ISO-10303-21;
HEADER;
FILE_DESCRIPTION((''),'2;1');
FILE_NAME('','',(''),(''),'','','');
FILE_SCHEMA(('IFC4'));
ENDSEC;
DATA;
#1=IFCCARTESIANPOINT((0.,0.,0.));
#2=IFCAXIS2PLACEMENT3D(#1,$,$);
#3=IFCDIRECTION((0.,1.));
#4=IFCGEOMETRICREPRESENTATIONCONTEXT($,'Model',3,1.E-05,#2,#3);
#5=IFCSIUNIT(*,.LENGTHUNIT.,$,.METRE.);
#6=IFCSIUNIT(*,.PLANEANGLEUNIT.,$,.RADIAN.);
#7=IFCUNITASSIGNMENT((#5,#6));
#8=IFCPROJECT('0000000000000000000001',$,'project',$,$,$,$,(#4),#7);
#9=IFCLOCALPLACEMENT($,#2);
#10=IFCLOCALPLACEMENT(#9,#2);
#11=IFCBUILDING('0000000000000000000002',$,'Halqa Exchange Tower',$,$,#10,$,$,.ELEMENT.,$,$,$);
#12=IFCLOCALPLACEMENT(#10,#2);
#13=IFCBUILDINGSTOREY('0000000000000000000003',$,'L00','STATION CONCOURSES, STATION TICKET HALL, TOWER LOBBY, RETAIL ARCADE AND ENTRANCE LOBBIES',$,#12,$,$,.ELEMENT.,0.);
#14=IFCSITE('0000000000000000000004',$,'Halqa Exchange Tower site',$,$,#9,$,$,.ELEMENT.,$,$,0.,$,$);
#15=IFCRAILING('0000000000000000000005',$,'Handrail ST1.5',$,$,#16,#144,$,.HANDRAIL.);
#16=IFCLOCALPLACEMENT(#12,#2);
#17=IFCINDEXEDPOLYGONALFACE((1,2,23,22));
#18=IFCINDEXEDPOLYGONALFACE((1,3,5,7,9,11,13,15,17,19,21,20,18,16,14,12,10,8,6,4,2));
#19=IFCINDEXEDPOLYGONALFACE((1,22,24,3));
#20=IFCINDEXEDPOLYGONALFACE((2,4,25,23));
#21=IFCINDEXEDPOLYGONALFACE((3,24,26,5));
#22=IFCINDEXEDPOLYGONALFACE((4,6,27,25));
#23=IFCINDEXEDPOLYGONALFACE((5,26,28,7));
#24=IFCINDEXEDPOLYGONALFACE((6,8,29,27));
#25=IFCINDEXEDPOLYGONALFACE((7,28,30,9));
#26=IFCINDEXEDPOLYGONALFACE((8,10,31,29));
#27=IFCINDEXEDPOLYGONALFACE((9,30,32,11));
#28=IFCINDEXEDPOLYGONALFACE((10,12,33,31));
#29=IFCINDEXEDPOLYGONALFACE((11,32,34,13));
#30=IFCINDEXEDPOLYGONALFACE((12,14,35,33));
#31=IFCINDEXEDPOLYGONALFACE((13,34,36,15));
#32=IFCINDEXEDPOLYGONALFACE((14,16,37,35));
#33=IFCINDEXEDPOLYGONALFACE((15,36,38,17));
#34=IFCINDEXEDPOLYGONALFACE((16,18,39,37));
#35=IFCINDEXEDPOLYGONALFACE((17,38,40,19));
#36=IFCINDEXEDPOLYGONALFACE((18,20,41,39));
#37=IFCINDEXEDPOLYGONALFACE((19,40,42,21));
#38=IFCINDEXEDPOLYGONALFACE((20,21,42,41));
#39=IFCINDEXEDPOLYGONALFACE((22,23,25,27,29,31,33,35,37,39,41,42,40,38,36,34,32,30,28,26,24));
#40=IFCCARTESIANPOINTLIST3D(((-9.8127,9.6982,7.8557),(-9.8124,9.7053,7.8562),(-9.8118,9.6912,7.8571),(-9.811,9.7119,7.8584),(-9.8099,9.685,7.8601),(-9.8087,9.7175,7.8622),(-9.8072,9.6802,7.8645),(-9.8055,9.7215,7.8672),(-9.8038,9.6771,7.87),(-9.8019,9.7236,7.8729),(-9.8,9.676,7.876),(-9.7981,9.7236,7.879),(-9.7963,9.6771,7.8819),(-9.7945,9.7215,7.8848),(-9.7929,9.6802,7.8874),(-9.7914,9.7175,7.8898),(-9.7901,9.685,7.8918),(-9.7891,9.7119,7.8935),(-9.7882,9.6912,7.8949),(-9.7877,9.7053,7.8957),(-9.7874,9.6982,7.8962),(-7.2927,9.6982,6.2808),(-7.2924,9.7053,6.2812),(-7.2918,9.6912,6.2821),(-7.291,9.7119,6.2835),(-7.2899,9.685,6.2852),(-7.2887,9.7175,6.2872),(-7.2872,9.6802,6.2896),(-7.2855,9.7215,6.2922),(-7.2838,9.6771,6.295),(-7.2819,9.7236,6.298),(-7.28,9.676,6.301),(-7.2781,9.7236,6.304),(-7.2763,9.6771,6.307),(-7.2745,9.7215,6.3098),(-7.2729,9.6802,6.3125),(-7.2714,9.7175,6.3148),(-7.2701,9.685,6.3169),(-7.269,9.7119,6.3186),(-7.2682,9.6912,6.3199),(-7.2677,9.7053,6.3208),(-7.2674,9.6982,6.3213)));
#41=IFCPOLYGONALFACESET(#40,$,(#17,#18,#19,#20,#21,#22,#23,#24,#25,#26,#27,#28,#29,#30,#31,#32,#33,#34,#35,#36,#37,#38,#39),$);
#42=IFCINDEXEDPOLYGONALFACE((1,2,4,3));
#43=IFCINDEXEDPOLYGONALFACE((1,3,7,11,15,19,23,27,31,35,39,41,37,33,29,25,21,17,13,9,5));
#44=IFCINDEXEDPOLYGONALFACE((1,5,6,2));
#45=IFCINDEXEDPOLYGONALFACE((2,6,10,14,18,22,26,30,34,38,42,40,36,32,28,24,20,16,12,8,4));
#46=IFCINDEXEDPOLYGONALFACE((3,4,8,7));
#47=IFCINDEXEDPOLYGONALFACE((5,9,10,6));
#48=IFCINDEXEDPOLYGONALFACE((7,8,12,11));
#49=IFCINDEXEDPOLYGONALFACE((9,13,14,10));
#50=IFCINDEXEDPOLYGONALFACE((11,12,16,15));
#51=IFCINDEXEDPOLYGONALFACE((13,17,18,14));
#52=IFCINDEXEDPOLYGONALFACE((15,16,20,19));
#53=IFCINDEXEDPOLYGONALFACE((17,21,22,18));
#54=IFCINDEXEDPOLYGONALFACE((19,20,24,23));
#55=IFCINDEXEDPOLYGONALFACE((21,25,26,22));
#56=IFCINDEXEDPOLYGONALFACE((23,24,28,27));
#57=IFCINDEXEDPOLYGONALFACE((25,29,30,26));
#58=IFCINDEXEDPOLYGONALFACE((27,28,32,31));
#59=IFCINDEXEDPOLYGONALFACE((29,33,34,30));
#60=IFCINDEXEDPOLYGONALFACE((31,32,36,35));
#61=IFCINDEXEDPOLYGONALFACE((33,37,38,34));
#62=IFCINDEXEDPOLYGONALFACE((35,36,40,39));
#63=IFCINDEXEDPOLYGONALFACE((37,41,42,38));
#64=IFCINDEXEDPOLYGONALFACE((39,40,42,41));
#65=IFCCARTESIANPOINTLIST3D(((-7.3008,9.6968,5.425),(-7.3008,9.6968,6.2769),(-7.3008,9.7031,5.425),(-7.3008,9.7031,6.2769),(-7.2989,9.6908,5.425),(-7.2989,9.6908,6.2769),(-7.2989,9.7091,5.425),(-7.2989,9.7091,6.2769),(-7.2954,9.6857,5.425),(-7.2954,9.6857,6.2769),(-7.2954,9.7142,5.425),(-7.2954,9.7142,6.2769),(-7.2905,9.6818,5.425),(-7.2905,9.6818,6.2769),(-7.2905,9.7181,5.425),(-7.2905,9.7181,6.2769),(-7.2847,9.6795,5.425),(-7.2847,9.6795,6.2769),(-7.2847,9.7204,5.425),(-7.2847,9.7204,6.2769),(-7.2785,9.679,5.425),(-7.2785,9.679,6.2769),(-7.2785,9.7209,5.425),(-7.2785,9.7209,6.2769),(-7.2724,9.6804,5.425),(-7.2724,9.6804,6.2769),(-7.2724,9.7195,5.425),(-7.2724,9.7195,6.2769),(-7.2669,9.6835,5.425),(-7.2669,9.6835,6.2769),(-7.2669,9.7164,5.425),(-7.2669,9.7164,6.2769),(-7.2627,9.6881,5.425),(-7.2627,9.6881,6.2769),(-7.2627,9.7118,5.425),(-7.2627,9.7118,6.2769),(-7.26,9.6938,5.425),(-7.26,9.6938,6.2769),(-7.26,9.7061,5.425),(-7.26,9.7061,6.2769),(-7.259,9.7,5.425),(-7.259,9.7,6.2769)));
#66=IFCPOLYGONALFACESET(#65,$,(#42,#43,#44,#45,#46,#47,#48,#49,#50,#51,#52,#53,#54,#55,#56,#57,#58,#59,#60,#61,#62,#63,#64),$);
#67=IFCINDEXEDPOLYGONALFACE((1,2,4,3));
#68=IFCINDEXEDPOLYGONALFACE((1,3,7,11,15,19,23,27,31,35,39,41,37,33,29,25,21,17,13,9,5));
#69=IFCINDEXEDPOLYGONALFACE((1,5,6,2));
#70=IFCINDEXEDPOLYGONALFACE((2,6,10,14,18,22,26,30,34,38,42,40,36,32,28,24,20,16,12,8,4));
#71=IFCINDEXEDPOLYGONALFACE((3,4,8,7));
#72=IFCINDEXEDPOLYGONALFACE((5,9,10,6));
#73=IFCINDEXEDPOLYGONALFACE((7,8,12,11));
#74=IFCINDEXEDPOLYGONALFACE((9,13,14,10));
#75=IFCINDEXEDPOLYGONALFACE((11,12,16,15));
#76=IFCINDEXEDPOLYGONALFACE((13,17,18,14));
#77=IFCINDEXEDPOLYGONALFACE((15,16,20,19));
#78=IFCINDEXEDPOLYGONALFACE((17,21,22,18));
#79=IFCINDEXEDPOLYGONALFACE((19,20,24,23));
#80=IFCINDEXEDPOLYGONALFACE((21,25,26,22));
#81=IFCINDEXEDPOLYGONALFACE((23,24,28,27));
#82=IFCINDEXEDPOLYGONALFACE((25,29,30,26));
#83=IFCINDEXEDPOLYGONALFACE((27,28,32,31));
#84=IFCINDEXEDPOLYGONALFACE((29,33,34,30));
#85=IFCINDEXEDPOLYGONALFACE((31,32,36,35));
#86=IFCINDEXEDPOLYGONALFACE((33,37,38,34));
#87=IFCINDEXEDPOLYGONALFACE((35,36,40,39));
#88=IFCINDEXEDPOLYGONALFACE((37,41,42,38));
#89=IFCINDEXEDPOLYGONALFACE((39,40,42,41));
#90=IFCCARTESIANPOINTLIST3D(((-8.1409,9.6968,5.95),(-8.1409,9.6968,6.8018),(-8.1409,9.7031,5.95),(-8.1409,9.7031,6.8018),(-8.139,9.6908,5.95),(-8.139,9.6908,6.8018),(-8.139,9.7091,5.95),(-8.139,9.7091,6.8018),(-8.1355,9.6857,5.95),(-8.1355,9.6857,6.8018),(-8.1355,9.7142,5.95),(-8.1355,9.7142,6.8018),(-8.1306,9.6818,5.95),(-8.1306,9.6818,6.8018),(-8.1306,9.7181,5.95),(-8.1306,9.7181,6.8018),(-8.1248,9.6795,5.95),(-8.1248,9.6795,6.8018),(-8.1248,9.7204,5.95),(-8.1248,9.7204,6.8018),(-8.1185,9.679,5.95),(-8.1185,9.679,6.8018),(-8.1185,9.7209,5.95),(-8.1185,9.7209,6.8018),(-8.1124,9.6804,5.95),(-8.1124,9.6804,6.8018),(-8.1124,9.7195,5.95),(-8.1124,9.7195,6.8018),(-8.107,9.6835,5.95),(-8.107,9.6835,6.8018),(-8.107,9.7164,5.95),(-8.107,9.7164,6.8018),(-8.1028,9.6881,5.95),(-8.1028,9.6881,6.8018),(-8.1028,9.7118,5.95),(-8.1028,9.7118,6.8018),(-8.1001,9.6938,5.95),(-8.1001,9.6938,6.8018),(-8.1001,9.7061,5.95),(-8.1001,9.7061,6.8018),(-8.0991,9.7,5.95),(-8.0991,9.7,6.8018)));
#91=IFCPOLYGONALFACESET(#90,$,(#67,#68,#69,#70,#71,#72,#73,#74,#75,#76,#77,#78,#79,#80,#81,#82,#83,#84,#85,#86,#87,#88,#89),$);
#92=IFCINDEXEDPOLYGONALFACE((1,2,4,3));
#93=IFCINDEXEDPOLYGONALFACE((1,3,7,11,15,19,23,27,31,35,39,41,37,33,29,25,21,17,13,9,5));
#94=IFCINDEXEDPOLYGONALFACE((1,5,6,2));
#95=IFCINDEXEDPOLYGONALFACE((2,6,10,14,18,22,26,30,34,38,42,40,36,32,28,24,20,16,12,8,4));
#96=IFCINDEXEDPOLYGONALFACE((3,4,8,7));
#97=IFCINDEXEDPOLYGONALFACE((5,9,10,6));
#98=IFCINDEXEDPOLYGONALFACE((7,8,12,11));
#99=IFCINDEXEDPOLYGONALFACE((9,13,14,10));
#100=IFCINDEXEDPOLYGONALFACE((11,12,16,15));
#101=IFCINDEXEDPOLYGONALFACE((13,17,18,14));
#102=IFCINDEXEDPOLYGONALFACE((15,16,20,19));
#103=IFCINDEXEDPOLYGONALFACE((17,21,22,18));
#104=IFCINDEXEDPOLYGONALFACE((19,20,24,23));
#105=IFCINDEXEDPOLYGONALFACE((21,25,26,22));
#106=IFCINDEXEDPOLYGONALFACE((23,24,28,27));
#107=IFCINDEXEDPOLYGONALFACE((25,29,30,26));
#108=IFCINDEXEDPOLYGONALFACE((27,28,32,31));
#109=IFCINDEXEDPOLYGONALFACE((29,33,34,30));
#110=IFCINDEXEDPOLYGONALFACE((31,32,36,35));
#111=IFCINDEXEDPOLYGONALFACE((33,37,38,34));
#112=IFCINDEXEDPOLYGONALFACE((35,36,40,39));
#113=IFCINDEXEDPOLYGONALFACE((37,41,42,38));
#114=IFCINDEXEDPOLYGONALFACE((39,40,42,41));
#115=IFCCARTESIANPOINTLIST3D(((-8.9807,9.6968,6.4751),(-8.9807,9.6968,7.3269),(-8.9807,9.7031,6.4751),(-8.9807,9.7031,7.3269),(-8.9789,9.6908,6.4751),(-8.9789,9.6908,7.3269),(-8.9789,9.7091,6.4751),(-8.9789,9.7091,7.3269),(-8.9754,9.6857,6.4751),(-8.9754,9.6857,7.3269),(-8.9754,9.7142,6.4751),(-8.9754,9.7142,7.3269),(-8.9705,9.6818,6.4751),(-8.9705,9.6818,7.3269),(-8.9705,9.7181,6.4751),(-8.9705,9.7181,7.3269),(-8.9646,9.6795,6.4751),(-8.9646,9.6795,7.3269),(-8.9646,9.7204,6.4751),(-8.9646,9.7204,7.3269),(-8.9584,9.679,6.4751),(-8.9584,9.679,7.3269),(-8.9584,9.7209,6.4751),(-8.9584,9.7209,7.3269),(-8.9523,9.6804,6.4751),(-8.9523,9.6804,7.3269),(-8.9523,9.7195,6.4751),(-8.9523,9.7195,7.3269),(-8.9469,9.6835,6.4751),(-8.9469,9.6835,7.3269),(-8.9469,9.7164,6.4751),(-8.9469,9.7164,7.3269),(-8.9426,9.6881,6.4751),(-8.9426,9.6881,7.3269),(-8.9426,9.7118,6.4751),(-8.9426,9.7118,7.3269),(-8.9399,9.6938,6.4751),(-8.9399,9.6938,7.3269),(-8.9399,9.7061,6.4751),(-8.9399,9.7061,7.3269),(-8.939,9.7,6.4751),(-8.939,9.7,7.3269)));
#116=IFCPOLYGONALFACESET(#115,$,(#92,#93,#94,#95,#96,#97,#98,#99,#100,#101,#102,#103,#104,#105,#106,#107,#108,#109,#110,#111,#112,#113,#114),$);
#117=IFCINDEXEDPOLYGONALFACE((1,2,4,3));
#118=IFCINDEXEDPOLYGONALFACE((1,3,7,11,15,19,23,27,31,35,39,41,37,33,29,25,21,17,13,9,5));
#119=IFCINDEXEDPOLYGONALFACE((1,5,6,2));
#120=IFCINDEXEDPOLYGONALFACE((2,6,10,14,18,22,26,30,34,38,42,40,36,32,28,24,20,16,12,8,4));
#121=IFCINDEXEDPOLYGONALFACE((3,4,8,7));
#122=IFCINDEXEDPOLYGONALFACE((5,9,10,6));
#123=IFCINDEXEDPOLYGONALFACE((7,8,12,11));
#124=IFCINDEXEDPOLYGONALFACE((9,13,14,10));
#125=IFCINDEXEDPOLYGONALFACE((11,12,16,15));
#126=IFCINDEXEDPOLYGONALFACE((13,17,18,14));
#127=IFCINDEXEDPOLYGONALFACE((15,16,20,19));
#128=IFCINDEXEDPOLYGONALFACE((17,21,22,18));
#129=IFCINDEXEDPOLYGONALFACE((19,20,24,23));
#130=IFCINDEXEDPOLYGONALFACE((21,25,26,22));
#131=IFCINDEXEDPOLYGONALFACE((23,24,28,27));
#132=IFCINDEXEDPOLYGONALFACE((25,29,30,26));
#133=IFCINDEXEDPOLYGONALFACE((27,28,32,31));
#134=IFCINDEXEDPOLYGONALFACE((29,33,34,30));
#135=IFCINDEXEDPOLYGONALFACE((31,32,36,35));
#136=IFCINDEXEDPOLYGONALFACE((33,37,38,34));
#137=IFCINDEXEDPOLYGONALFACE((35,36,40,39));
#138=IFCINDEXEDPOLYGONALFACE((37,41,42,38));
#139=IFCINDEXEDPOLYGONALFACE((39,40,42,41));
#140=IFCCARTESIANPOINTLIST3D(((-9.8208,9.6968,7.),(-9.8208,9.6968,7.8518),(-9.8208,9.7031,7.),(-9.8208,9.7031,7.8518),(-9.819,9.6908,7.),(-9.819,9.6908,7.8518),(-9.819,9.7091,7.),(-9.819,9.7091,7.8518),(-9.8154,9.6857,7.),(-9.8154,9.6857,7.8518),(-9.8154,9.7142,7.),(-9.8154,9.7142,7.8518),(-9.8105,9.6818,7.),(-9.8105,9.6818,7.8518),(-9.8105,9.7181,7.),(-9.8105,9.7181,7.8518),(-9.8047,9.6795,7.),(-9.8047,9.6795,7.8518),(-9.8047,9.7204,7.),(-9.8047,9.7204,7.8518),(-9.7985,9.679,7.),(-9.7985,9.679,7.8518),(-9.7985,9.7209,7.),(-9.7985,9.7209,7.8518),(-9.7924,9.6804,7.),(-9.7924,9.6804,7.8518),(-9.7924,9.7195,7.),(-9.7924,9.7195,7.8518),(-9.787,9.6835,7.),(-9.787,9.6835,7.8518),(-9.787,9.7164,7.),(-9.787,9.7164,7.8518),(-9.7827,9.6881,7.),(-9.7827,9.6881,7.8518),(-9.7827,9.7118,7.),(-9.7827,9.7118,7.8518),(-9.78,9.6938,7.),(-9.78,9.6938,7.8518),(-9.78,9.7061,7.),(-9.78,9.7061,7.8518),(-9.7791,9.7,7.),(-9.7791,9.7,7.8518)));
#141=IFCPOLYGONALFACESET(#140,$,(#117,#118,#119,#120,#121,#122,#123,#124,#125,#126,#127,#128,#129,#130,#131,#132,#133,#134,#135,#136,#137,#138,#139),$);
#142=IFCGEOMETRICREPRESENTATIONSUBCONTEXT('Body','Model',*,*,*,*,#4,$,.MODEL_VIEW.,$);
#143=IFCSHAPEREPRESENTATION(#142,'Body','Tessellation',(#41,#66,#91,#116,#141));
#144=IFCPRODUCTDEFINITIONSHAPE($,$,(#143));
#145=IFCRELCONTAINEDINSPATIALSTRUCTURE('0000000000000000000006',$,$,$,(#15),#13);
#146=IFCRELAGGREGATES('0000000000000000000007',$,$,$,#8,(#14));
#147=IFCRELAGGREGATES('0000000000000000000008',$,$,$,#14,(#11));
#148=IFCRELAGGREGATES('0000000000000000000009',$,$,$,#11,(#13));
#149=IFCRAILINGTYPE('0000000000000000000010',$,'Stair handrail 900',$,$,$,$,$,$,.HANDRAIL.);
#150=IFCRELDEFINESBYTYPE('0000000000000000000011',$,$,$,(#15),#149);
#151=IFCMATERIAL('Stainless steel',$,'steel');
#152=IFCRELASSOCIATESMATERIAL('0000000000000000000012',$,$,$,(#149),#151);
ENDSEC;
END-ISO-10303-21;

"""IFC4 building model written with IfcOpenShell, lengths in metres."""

from ifc_helpers import new_model, si_unit, direction, frame, origin, origin_2d, place, context, subcontext, project, spatial, circle, extrude, material, type_object, element, save


model = new_model("IFC4")

# Units and contexts
model_context = context("Model", 3, precision=1e-05, world=origin(), true_north=direction((0.0, 1.0)))
body_context = subcontext(model_context, "Body", "Model", "MODEL_VIEW")
ifc_project = project(units=[si_unit("LENGTHUNIT", "METRE"), si_unit("PLANEANGLEUNIT", "RADIAN")], contexts=[model_context])

# Site, building, storey
site_placement = place(None, origin())
site = spatial("IfcSite", under=ifc_project, at=site_placement, Name="Halqa Exchange Tower site", CompositionType="ELEMENT", RefElevation=0.0)
building_placement = place(site_placement, origin())
building = spatial("IfcBuilding", under=site, at=building_placement, Name="Halqa Exchange Tower", CompositionType="ELEMENT")
storey_placement = place(building_placement, origin())
storey = spatial("IfcBuildingStorey", under=building, at=storey_placement, Name="L00", Description="STATION CONCOURSES, STATION TICKET HALL, TOWER LOBBY, RETAIL ARCADE AND ENTRANCE LOBBIES", CompositionType="ELEMENT", Elevation=0.0)

# Railing
ifc_material_1 = material(Name="Stainless steel", Category="steel")
railing_type = type_object("IfcRailingType", Name="Stair handrail 900", PredefinedType="HANDRAIL", material=ifc_material_1)
for number, where, name in (
    (1, (-7.28, 9.7, 5.425), "Handrail ST1.5"),
):
    element("IfcRailing", number, at=place(storey_placement, frame(where)), inside=storey, type_object=railing_type, Name=name, PredefinedType="HANDRAIL", context=body_context, shape_type="SweptSolid", body=[
        extrude(circle(Radius=0.0239, at=origin_2d()), frame((0.0, 0.0, 0.876), z_axis=(-0.848008, 0.0, 0.529984), x_axis=(0.0, -1.0, 0.0)), (0.0, 0.0, 1.0), 2.9717),
        extrude(circle(Radius=0.021, at=origin_2d()), origin(), (0.0, 0.0, 1.0), 0.8518),
        extrude(circle(Radius=0.021, at=origin_2d()), frame((-0.8401, 0.0, 0.5249)), (0.0, 0.0, 1.0), 0.8518),
        extrude(circle(Radius=0.021, at=origin_2d()), frame((-1.6799, 0.0, 1.05)), (0.0, 0.0, 1.0), 0.8518),
        extrude(circle(Radius=0.021, at=origin_2d()), frame((-2.52, 0.0, 1.575)), (0.0, 0.0, 1.0), 0.8518),
    ])

save(model, "model.ifc")
